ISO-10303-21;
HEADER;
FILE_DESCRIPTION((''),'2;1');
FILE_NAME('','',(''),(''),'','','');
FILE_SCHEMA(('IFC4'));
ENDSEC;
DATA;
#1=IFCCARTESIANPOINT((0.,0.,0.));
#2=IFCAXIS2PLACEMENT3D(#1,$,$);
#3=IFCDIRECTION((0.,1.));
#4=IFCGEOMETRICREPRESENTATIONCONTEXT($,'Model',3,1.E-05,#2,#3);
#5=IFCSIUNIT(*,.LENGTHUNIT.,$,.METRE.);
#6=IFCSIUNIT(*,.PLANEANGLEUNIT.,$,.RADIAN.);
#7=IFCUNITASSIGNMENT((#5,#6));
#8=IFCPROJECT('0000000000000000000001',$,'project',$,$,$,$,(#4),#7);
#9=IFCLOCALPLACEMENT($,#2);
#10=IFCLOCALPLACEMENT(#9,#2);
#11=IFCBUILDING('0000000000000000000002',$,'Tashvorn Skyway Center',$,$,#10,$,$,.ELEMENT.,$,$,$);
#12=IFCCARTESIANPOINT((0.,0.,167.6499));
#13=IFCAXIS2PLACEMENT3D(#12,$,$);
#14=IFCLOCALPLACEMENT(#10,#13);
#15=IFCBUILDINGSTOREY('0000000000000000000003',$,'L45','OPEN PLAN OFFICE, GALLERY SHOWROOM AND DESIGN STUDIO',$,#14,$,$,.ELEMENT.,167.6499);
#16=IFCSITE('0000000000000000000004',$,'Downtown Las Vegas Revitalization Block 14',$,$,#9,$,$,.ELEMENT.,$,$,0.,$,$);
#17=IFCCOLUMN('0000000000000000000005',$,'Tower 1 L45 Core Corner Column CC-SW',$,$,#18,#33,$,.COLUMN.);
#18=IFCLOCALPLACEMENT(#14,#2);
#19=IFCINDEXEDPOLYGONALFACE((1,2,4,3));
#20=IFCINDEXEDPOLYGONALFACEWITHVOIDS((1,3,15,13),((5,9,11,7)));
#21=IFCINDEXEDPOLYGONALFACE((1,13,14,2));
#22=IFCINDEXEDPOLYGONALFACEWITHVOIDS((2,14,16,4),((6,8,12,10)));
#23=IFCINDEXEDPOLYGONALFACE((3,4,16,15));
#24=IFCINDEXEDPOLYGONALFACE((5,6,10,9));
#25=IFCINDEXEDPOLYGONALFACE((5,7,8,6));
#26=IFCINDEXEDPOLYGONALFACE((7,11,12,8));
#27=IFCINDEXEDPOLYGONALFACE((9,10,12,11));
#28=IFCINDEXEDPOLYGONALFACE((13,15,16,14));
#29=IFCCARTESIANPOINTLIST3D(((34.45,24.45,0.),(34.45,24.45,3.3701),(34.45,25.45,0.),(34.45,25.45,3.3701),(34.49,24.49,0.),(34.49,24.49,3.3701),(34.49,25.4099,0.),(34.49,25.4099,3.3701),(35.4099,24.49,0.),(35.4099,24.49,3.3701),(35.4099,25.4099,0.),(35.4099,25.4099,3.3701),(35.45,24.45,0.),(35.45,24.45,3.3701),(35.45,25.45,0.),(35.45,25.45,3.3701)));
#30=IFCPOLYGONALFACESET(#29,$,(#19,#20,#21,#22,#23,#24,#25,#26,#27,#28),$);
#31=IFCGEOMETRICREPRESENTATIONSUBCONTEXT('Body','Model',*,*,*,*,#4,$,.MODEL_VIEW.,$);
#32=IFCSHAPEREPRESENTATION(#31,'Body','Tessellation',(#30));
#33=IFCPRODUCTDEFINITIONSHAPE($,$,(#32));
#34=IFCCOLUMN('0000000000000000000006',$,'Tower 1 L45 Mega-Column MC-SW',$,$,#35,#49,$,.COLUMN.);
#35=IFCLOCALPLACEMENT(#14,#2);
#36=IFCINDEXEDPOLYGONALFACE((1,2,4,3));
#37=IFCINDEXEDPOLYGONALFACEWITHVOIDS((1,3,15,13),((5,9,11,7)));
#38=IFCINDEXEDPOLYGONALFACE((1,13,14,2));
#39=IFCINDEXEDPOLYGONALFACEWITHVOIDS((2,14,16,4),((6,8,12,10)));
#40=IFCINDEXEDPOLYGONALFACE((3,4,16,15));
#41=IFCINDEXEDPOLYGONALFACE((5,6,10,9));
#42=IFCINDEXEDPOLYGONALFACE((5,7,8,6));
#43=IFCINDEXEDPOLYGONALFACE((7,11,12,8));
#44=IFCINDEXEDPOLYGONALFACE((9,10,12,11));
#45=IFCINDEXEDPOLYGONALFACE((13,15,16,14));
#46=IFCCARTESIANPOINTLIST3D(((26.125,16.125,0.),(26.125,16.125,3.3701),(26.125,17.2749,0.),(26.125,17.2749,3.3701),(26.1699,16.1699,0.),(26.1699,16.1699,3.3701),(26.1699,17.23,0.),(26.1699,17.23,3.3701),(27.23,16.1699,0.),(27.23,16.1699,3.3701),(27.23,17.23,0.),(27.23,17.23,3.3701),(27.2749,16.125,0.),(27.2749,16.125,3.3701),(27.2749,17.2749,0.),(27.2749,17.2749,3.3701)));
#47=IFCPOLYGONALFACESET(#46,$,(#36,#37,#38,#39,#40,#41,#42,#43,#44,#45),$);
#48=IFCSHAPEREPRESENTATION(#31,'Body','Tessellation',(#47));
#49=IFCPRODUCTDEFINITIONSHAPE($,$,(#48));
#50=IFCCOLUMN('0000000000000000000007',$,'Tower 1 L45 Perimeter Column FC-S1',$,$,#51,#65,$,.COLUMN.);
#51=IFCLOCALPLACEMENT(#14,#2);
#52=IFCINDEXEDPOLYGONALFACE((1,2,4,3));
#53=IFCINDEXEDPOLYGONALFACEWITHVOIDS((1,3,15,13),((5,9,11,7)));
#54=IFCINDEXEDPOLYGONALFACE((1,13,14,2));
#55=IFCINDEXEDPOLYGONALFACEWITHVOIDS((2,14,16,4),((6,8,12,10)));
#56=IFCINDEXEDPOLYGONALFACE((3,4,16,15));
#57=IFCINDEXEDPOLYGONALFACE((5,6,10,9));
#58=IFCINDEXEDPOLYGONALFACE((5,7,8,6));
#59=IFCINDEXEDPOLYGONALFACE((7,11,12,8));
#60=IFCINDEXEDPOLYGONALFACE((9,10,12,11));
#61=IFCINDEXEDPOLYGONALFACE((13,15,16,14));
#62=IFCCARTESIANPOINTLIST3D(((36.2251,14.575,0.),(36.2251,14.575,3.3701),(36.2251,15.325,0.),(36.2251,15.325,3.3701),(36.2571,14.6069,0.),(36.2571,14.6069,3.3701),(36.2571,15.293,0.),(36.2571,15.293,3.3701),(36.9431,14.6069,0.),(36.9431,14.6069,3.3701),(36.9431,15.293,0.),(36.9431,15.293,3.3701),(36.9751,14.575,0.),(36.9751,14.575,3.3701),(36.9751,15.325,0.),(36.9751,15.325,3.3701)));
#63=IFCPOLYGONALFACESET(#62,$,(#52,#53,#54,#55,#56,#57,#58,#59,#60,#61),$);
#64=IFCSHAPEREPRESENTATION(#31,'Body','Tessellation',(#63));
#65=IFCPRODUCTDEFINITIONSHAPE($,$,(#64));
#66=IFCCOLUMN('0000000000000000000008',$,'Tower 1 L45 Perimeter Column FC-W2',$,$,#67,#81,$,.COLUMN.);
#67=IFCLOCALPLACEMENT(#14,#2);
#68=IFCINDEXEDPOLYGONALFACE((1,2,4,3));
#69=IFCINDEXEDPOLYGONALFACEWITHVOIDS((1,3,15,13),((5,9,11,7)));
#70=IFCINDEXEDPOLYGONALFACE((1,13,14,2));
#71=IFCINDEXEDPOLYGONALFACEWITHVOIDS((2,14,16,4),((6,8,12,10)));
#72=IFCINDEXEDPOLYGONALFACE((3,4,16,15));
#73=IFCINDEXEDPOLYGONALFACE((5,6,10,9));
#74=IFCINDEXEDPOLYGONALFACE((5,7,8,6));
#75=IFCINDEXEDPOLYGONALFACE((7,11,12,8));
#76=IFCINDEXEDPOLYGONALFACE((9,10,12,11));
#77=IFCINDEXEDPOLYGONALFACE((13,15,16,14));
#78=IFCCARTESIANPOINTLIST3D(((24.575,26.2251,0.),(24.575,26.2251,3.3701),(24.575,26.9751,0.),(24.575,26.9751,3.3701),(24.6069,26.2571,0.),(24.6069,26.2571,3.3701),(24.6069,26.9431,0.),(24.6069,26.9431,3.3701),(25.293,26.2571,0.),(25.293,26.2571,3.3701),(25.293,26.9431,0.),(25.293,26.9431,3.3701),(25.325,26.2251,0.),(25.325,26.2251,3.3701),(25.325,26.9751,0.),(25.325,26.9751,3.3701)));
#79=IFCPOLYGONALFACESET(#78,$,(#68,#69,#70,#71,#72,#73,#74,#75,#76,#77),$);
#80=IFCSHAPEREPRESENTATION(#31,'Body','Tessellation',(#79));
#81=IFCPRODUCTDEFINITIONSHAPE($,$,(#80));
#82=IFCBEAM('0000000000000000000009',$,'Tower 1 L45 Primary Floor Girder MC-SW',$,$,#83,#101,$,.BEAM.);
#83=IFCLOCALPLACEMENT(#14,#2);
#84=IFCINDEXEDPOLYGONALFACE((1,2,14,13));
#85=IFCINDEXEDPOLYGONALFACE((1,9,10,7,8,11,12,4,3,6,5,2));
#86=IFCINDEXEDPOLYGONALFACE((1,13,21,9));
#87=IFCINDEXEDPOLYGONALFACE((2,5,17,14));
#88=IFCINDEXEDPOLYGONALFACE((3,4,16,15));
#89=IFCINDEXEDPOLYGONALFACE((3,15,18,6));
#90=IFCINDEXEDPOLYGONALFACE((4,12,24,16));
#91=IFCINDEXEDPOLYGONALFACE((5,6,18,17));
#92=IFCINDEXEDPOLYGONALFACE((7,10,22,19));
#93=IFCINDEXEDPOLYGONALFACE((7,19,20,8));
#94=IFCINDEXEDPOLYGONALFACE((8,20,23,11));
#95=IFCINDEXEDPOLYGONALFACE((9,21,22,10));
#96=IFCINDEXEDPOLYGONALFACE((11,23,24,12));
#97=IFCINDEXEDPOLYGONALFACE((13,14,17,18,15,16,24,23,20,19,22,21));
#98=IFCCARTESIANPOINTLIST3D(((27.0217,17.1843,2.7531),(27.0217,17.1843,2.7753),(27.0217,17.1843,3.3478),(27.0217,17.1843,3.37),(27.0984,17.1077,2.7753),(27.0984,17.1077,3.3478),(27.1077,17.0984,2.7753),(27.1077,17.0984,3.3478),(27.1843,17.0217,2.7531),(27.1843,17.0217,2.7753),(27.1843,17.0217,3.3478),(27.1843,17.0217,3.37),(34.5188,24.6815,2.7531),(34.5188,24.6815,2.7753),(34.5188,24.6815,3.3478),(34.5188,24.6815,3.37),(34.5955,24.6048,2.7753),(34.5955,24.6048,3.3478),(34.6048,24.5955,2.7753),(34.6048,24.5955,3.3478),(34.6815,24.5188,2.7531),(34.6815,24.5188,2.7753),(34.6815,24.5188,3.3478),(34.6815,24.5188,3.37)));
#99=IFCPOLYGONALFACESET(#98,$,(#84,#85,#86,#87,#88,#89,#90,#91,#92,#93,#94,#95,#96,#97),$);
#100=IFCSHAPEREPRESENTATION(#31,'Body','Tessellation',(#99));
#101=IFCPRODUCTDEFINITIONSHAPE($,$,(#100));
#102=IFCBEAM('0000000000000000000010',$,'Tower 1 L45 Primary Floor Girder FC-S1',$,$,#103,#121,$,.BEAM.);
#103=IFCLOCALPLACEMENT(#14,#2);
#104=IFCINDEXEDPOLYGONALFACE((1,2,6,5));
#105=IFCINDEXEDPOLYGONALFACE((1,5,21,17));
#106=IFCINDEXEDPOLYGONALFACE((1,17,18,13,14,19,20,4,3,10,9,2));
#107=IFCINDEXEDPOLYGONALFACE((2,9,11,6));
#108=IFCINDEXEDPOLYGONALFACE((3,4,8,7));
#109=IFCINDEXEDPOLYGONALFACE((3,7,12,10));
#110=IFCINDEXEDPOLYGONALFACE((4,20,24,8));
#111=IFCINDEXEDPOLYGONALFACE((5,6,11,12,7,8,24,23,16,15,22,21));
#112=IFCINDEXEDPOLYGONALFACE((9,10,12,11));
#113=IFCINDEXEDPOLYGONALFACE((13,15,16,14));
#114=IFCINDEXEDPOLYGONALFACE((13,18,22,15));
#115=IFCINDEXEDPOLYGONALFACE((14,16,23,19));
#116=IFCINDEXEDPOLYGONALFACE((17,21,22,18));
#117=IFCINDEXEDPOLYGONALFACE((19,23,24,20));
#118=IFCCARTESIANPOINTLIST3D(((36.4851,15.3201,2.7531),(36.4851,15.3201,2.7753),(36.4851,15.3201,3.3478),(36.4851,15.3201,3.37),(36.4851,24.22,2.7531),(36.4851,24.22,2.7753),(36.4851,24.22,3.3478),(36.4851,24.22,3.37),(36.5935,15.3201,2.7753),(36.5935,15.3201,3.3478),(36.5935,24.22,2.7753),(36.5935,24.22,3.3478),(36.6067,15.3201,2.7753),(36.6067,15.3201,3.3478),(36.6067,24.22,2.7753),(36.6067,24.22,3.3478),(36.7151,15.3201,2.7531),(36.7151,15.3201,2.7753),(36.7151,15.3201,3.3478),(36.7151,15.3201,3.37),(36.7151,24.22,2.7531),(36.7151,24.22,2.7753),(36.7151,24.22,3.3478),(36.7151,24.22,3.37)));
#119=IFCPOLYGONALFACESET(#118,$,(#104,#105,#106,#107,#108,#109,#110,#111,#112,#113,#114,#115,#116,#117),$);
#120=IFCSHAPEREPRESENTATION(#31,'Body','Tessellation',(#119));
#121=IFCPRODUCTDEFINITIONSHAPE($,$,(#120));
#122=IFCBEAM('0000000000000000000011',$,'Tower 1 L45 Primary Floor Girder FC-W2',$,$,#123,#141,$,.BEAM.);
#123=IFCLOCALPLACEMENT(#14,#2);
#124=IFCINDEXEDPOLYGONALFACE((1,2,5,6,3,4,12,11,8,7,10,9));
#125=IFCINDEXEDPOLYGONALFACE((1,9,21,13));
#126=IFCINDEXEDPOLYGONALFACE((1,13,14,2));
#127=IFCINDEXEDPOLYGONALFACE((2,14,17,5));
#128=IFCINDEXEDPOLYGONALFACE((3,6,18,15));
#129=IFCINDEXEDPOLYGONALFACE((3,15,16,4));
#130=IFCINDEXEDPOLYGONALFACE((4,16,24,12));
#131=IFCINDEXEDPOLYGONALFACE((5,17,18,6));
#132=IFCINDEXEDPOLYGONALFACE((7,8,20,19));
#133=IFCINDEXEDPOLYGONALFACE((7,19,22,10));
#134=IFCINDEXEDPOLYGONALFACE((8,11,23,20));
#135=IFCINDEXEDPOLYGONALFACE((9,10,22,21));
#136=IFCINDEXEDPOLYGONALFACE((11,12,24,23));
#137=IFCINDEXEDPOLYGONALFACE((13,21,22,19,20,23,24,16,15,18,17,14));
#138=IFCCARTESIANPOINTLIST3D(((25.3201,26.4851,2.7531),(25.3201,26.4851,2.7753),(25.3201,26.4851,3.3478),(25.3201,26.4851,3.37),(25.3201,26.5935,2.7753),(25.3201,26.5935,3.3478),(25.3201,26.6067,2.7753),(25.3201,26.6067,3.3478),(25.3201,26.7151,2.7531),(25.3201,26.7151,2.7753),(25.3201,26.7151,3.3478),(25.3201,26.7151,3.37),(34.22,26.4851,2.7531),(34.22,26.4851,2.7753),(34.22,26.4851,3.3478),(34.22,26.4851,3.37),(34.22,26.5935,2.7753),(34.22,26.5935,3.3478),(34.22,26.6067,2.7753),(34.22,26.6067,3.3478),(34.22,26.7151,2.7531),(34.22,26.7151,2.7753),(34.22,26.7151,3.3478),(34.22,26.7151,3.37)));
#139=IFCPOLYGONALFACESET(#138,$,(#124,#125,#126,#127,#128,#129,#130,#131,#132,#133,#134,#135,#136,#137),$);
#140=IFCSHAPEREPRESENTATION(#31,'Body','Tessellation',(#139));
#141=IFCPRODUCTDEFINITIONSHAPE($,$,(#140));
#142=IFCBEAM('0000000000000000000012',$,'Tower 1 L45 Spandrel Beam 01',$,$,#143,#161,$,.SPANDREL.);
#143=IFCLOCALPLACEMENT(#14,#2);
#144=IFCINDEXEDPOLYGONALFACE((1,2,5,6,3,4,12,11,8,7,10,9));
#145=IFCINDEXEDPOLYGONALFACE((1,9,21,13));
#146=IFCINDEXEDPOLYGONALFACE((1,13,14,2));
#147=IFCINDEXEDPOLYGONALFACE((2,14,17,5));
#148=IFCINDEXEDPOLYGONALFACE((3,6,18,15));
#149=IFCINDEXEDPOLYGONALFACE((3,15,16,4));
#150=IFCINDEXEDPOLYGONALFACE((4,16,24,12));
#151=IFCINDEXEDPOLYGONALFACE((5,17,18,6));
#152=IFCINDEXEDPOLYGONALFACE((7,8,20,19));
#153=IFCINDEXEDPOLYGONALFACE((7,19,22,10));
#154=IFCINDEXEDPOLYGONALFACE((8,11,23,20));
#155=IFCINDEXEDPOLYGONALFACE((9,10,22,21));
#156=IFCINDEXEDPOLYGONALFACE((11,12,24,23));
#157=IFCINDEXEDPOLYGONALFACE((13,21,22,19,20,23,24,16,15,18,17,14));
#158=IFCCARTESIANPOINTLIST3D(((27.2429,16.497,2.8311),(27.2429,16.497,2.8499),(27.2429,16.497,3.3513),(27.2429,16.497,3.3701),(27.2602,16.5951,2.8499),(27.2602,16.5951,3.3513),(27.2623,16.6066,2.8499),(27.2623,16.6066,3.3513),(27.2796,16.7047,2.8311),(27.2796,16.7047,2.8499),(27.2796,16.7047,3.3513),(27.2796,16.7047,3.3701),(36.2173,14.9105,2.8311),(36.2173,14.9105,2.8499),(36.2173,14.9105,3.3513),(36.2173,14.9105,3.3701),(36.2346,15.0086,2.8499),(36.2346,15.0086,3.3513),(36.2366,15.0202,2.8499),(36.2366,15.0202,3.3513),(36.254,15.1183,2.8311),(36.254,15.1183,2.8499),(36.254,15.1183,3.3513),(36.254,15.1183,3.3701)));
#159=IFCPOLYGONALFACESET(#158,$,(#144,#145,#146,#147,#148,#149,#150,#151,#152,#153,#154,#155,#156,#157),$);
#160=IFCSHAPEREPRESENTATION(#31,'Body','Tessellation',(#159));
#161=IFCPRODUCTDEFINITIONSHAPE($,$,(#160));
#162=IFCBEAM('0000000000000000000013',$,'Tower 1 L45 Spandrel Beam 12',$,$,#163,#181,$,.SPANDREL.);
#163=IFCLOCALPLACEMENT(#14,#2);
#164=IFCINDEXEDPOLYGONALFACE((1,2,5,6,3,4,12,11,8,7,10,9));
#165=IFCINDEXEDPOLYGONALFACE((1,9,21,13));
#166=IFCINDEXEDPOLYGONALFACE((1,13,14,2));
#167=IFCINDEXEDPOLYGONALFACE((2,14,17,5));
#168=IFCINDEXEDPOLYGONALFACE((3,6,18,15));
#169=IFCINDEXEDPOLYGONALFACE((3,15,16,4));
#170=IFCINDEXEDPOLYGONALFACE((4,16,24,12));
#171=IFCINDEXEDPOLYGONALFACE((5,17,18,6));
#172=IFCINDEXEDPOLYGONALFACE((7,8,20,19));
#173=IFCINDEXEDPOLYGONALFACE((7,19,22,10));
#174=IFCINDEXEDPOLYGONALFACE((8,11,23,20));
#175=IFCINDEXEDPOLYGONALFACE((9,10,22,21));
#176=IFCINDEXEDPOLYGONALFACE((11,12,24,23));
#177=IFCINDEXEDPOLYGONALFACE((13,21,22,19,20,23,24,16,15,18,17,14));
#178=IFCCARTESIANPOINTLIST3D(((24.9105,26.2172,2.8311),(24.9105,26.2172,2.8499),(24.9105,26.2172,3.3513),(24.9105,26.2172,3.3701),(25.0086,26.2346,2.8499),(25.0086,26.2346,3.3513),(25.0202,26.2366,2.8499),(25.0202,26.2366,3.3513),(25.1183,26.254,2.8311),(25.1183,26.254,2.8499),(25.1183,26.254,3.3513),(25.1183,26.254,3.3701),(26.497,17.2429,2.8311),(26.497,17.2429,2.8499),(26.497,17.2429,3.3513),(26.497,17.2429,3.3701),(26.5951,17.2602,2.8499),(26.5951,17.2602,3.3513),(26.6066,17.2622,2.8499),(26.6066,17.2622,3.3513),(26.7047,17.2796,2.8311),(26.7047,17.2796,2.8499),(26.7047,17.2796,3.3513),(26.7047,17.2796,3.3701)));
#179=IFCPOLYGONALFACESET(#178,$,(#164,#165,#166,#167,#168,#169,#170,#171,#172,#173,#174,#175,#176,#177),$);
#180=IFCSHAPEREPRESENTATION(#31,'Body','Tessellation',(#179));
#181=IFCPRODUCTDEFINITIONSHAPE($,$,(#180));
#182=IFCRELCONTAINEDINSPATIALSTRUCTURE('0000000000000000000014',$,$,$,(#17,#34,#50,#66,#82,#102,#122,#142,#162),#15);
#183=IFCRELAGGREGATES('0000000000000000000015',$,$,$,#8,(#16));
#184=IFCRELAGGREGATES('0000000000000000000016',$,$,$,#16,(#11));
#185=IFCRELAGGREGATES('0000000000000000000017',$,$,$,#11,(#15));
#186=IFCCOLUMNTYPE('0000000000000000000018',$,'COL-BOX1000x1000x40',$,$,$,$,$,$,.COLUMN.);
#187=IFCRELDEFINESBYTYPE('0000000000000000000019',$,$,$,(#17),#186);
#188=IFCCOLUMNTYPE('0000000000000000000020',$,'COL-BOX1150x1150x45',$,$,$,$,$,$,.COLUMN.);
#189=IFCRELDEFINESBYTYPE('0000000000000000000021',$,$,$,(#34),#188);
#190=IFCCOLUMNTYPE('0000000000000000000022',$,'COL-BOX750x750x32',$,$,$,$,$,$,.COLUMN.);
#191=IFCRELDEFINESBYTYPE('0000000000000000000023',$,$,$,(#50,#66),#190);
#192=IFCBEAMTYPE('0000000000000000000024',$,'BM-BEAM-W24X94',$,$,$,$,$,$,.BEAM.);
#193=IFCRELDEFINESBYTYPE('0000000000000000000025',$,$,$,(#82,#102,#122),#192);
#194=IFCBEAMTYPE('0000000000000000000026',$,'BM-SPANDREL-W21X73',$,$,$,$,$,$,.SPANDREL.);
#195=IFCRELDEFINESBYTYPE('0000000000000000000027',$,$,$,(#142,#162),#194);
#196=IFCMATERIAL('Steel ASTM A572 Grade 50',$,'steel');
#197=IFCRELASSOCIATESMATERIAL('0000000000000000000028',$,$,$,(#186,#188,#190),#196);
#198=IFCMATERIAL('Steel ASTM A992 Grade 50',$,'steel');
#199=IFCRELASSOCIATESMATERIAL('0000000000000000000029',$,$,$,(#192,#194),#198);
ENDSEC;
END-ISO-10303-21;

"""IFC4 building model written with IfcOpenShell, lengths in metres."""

from ifc_helpers import new_model, si_unit, direction, frame, origin, origin_2d, place, context, subcontext, project, spatial, hollow_rectangle, i_section, extrude, material, material_profile, profile_set, type_object, element, save


model = new_model("IFC4")

# Units and contexts
model_context = context("Model", 3, precision=1e-05, world=origin(), true_north=direction((0.0, 1.0)))
body_context = subcontext(model_context, "Body", "Model", "MODEL_VIEW")
ifc_project = project(units=[si_unit("LENGTHUNIT", "METRE"), si_unit("PLANEANGLEUNIT", "RADIAN")], contexts=[model_context])

# Site, building, storey
site_placement = place(None, origin())
site = spatial("IfcSite", under=ifc_project, at=site_placement, Name="Downtown Las Vegas Revitalization Block 14", CompositionType="ELEMENT", RefElevation=0.0)
building_placement = place(site_placement, origin())
building = spatial("IfcBuilding", under=site, at=building_placement, Name="Tashvorn Skyway Center", CompositionType="ELEMENT")
storey_placement = place(building_placement, frame((0.0, 0.0, 167.6499)))
storey = spatial("IfcBuildingStorey", under=building, at=storey_placement, Name="L45", Description="OPEN PLAN OFFICE, GALLERY SHOWROOM AND DESIGN STUDIO", CompositionType="ELEMENT", Elevation=167.6499)

# Columns
ifc_material_1 = material(Name="Steel ASTM A572 Grade 50", Category="steel")
ifc_material_profile_1 = material_profile(ifc_material_1, hollow_rectangle(XDim=1.0, YDim=1.0, WallThickness=0.04, at=origin_2d()), Name="BOX1000x1000x40")
ifc_profile_set_1 = profile_set([ifc_material_profile_1], Name="Steel ASTM A572 Grade 50")
column_type_1 = type_object("IfcColumnType", Name="COL-BOX1000x1000x40", PredefinedType="COLUMN", material=ifc_profile_set_1)
column_1_placement = place(storey_placement, frame((34.95, 24.95, 0.0), z_axis=(0.0, 0.0, 1.0), x_axis=(1.0, 0.0, 0.0)))
element("IfcColumn", 1, at=column_1_placement, inside=storey, type_object=column_type_1, Name="Tower 1 L45 Core Corner Column CC-SW", PredefinedType="COLUMN", context=body_context, shape_type="SweptSolid", body=[
    extrude(hollow_rectangle(XDim=1.0, YDim=1.0, WallThickness=0.04, at=origin_2d()), origin(), (0.0, 0.0, 1.0), 3.3701),
])
ifc_material_profile_2 = material_profile(ifc_material_1, hollow_rectangle(XDim=1.1499, YDim=1.1499, WallThickness=0.0449, at=origin_2d()), Name="BOX1150x1150x45")
ifc_profile_set_2 = profile_set([ifc_material_profile_2], Name="Steel ASTM A572 Grade 50")
column_type_2 = type_object("IfcColumnType", Name="COL-BOX1150x1150x45", PredefinedType="COLUMN", material=ifc_profile_set_2)
column_2_placement = place(storey_placement, frame((26.7, 16.7, 0.0), z_axis=(0.0, 0.0, 1.0), x_axis=(1.0, 0.0, 0.0)))
element("IfcColumn", 2, at=column_2_placement, inside=storey, type_object=column_type_2, Name="Tower 1 L45 Mega-Column MC-SW", PredefinedType="COLUMN", context=body_context, shape_type="SweptSolid", body=[
    extrude(hollow_rectangle(XDim=1.1499, YDim=1.1499, WallThickness=0.0449, at=origin_2d()), origin(), (0.0, 0.0, 1.0), 3.3701),
])
ifc_material_profile_3 = material_profile(ifc_material_1, hollow_rectangle(XDim=0.75, YDim=0.75, WallThickness=0.032, at=origin_2d()), Name="BOX750x750x32")
ifc_profile_set_3 = profile_set([ifc_material_profile_3], Name="Steel ASTM A572 Grade 50")
column_type_3 = type_object("IfcColumnType", Name="COL-BOX750x750x32", PredefinedType="COLUMN", material=ifc_profile_set_3)
for number, where, z_axis, x_axis, name in (
    (3, (36.6001, 14.95, 0.0), (0.0, 0.0, 1.0), (1.0, 0.0, 0.0), "Tower 1 L45 Perimeter Column FC-S1"),
    (4, (24.95, 26.6001, 0.0), (0.0, 0.0, 1.0), (1.0, 0.0, 0.0), "Tower 1 L45 Perimeter Column FC-W2"),
):
    element("IfcColumn", number, at=place(storey_placement, frame(where, z_axis=z_axis, x_axis=x_axis)), inside=storey, type_object=column_type_3, Name=name, PredefinedType="COLUMN", context=body_context, shape_type="SweptSolid", body=[
        extrude(hollow_rectangle(XDim=0.75, YDim=0.75, WallThickness=0.032, at=origin_2d()), origin(), (0.0, 0.0, 1.0), 3.3701),
    ])

# Beams
ifc_material_2 = material(Name="Steel ASTM A992 Grade 50", Category="steel")
ifc_material_profile_4 = material_profile(ifc_material_2, i_section(OverallWidth=0.23, OverallDepth=0.6169, WebThickness=0.0132, FlangeThickness=0.0222, at=origin_2d()), Name="W24X94")
ifc_profile_set_4 = profile_set([ifc_material_profile_4], Name="Steel ASTM A992 Grade 50")
beam_type_1 = type_object("IfcBeamType", Name="BM-BEAM-W24X94", PredefinedType="BEAM", material=ifc_profile_set_4)
beam_placement = place(storey_placement, frame((27.103, 17.103, 3.0615), z_axis=(0.707107, 0.707107, 0.0), x_axis=(-0.707107, 0.707107, 0.0)))
element("IfcBeam", 5, at=beam_placement, inside=storey, type_object=beam_type_1, Name="Tower 1 L45 Primary Floor Girder MC-SW", PredefinedType="BEAM", context=body_context, shape_type="SweptSolid", body=[
    extrude(i_section(OverallWidth=0.23, OverallDepth=0.6169, WebThickness=0.0132, FlangeThickness=0.0222, at=origin_2d()), origin(), (0.0, 0.0, 1.0), 10.6025),
])
for number, where, z_axis, x_axis, name in (
    (6, (36.6001, 15.3201, 3.0615), (0.0, 1.0, 0.0), (-1.0, 0.0, 0.0), "Tower 1 L45 Primary Floor Girder FC-S1"),
    (7, (25.3201, 26.6001, 3.0615), (1.0, 0.0, 0.0), (0.0, 1.0, 0.0), "Tower 1 L45 Primary Floor Girder FC-W2"),
):
    element("IfcBeam", number, at=place(storey_placement, frame(where, z_axis=z_axis, x_axis=x_axis)), inside=storey, type_object=beam_type_1, Name=name, PredefinedType="BEAM", context=body_context, shape_type="SweptSolid", body=[
        extrude(i_section(OverallWidth=0.23, OverallDepth=0.6169, WebThickness=0.0132, FlangeThickness=0.0222, at=origin_2d()), origin(), (0.0, 0.0, 1.0), 8.8999),
    ])
ifc_material_profile_5 = material_profile(ifc_material_2, i_section(OverallWidth=0.2109, OverallDepth=0.5391, WebThickness=0.0117, FlangeThickness=0.0188, at=origin_2d()), Name="W21X73")
ifc_profile_set_5 = profile_set([ifc_material_profile_5], Name="Steel ASTM A992 Grade 50")
beam_type_2 = type_object("IfcBeamType", Name="BM-SPANDREL-W21X73", PredefinedType="SPANDREL", material=ifc_profile_set_5)
for number, where, z_axis, x_axis, name in (
    (8, (27.2612, 16.6008, 3.1006), (0.984733, -0.174074, 0.0), (0.174074, 0.984733, 0.0), "Tower 1 L45 Spandrel Beam 01"),
    (9, (25.0144, 26.2356, 3.1006), (0.174074, -0.984733, 0.0), (0.984733, 0.174074, 0.0), "Tower 1 L45 Spandrel Beam 12"),
):
    element("IfcBeam", number, at=place(storey_placement, frame(where, z_axis=z_axis, x_axis=x_axis)), inside=storey, type_object=beam_type_2, Name=name, PredefinedType="SPANDREL", context=body_context, shape_type="SweptSolid", body=[
        extrude(i_section(OverallWidth=0.2109, OverallDepth=0.5391, WebThickness=0.0117, FlangeThickness=0.0188, at=origin_2d()), origin(), (0.0, 0.0, 1.0), 9.1135),
    ])

save(model, "model.ifc")
